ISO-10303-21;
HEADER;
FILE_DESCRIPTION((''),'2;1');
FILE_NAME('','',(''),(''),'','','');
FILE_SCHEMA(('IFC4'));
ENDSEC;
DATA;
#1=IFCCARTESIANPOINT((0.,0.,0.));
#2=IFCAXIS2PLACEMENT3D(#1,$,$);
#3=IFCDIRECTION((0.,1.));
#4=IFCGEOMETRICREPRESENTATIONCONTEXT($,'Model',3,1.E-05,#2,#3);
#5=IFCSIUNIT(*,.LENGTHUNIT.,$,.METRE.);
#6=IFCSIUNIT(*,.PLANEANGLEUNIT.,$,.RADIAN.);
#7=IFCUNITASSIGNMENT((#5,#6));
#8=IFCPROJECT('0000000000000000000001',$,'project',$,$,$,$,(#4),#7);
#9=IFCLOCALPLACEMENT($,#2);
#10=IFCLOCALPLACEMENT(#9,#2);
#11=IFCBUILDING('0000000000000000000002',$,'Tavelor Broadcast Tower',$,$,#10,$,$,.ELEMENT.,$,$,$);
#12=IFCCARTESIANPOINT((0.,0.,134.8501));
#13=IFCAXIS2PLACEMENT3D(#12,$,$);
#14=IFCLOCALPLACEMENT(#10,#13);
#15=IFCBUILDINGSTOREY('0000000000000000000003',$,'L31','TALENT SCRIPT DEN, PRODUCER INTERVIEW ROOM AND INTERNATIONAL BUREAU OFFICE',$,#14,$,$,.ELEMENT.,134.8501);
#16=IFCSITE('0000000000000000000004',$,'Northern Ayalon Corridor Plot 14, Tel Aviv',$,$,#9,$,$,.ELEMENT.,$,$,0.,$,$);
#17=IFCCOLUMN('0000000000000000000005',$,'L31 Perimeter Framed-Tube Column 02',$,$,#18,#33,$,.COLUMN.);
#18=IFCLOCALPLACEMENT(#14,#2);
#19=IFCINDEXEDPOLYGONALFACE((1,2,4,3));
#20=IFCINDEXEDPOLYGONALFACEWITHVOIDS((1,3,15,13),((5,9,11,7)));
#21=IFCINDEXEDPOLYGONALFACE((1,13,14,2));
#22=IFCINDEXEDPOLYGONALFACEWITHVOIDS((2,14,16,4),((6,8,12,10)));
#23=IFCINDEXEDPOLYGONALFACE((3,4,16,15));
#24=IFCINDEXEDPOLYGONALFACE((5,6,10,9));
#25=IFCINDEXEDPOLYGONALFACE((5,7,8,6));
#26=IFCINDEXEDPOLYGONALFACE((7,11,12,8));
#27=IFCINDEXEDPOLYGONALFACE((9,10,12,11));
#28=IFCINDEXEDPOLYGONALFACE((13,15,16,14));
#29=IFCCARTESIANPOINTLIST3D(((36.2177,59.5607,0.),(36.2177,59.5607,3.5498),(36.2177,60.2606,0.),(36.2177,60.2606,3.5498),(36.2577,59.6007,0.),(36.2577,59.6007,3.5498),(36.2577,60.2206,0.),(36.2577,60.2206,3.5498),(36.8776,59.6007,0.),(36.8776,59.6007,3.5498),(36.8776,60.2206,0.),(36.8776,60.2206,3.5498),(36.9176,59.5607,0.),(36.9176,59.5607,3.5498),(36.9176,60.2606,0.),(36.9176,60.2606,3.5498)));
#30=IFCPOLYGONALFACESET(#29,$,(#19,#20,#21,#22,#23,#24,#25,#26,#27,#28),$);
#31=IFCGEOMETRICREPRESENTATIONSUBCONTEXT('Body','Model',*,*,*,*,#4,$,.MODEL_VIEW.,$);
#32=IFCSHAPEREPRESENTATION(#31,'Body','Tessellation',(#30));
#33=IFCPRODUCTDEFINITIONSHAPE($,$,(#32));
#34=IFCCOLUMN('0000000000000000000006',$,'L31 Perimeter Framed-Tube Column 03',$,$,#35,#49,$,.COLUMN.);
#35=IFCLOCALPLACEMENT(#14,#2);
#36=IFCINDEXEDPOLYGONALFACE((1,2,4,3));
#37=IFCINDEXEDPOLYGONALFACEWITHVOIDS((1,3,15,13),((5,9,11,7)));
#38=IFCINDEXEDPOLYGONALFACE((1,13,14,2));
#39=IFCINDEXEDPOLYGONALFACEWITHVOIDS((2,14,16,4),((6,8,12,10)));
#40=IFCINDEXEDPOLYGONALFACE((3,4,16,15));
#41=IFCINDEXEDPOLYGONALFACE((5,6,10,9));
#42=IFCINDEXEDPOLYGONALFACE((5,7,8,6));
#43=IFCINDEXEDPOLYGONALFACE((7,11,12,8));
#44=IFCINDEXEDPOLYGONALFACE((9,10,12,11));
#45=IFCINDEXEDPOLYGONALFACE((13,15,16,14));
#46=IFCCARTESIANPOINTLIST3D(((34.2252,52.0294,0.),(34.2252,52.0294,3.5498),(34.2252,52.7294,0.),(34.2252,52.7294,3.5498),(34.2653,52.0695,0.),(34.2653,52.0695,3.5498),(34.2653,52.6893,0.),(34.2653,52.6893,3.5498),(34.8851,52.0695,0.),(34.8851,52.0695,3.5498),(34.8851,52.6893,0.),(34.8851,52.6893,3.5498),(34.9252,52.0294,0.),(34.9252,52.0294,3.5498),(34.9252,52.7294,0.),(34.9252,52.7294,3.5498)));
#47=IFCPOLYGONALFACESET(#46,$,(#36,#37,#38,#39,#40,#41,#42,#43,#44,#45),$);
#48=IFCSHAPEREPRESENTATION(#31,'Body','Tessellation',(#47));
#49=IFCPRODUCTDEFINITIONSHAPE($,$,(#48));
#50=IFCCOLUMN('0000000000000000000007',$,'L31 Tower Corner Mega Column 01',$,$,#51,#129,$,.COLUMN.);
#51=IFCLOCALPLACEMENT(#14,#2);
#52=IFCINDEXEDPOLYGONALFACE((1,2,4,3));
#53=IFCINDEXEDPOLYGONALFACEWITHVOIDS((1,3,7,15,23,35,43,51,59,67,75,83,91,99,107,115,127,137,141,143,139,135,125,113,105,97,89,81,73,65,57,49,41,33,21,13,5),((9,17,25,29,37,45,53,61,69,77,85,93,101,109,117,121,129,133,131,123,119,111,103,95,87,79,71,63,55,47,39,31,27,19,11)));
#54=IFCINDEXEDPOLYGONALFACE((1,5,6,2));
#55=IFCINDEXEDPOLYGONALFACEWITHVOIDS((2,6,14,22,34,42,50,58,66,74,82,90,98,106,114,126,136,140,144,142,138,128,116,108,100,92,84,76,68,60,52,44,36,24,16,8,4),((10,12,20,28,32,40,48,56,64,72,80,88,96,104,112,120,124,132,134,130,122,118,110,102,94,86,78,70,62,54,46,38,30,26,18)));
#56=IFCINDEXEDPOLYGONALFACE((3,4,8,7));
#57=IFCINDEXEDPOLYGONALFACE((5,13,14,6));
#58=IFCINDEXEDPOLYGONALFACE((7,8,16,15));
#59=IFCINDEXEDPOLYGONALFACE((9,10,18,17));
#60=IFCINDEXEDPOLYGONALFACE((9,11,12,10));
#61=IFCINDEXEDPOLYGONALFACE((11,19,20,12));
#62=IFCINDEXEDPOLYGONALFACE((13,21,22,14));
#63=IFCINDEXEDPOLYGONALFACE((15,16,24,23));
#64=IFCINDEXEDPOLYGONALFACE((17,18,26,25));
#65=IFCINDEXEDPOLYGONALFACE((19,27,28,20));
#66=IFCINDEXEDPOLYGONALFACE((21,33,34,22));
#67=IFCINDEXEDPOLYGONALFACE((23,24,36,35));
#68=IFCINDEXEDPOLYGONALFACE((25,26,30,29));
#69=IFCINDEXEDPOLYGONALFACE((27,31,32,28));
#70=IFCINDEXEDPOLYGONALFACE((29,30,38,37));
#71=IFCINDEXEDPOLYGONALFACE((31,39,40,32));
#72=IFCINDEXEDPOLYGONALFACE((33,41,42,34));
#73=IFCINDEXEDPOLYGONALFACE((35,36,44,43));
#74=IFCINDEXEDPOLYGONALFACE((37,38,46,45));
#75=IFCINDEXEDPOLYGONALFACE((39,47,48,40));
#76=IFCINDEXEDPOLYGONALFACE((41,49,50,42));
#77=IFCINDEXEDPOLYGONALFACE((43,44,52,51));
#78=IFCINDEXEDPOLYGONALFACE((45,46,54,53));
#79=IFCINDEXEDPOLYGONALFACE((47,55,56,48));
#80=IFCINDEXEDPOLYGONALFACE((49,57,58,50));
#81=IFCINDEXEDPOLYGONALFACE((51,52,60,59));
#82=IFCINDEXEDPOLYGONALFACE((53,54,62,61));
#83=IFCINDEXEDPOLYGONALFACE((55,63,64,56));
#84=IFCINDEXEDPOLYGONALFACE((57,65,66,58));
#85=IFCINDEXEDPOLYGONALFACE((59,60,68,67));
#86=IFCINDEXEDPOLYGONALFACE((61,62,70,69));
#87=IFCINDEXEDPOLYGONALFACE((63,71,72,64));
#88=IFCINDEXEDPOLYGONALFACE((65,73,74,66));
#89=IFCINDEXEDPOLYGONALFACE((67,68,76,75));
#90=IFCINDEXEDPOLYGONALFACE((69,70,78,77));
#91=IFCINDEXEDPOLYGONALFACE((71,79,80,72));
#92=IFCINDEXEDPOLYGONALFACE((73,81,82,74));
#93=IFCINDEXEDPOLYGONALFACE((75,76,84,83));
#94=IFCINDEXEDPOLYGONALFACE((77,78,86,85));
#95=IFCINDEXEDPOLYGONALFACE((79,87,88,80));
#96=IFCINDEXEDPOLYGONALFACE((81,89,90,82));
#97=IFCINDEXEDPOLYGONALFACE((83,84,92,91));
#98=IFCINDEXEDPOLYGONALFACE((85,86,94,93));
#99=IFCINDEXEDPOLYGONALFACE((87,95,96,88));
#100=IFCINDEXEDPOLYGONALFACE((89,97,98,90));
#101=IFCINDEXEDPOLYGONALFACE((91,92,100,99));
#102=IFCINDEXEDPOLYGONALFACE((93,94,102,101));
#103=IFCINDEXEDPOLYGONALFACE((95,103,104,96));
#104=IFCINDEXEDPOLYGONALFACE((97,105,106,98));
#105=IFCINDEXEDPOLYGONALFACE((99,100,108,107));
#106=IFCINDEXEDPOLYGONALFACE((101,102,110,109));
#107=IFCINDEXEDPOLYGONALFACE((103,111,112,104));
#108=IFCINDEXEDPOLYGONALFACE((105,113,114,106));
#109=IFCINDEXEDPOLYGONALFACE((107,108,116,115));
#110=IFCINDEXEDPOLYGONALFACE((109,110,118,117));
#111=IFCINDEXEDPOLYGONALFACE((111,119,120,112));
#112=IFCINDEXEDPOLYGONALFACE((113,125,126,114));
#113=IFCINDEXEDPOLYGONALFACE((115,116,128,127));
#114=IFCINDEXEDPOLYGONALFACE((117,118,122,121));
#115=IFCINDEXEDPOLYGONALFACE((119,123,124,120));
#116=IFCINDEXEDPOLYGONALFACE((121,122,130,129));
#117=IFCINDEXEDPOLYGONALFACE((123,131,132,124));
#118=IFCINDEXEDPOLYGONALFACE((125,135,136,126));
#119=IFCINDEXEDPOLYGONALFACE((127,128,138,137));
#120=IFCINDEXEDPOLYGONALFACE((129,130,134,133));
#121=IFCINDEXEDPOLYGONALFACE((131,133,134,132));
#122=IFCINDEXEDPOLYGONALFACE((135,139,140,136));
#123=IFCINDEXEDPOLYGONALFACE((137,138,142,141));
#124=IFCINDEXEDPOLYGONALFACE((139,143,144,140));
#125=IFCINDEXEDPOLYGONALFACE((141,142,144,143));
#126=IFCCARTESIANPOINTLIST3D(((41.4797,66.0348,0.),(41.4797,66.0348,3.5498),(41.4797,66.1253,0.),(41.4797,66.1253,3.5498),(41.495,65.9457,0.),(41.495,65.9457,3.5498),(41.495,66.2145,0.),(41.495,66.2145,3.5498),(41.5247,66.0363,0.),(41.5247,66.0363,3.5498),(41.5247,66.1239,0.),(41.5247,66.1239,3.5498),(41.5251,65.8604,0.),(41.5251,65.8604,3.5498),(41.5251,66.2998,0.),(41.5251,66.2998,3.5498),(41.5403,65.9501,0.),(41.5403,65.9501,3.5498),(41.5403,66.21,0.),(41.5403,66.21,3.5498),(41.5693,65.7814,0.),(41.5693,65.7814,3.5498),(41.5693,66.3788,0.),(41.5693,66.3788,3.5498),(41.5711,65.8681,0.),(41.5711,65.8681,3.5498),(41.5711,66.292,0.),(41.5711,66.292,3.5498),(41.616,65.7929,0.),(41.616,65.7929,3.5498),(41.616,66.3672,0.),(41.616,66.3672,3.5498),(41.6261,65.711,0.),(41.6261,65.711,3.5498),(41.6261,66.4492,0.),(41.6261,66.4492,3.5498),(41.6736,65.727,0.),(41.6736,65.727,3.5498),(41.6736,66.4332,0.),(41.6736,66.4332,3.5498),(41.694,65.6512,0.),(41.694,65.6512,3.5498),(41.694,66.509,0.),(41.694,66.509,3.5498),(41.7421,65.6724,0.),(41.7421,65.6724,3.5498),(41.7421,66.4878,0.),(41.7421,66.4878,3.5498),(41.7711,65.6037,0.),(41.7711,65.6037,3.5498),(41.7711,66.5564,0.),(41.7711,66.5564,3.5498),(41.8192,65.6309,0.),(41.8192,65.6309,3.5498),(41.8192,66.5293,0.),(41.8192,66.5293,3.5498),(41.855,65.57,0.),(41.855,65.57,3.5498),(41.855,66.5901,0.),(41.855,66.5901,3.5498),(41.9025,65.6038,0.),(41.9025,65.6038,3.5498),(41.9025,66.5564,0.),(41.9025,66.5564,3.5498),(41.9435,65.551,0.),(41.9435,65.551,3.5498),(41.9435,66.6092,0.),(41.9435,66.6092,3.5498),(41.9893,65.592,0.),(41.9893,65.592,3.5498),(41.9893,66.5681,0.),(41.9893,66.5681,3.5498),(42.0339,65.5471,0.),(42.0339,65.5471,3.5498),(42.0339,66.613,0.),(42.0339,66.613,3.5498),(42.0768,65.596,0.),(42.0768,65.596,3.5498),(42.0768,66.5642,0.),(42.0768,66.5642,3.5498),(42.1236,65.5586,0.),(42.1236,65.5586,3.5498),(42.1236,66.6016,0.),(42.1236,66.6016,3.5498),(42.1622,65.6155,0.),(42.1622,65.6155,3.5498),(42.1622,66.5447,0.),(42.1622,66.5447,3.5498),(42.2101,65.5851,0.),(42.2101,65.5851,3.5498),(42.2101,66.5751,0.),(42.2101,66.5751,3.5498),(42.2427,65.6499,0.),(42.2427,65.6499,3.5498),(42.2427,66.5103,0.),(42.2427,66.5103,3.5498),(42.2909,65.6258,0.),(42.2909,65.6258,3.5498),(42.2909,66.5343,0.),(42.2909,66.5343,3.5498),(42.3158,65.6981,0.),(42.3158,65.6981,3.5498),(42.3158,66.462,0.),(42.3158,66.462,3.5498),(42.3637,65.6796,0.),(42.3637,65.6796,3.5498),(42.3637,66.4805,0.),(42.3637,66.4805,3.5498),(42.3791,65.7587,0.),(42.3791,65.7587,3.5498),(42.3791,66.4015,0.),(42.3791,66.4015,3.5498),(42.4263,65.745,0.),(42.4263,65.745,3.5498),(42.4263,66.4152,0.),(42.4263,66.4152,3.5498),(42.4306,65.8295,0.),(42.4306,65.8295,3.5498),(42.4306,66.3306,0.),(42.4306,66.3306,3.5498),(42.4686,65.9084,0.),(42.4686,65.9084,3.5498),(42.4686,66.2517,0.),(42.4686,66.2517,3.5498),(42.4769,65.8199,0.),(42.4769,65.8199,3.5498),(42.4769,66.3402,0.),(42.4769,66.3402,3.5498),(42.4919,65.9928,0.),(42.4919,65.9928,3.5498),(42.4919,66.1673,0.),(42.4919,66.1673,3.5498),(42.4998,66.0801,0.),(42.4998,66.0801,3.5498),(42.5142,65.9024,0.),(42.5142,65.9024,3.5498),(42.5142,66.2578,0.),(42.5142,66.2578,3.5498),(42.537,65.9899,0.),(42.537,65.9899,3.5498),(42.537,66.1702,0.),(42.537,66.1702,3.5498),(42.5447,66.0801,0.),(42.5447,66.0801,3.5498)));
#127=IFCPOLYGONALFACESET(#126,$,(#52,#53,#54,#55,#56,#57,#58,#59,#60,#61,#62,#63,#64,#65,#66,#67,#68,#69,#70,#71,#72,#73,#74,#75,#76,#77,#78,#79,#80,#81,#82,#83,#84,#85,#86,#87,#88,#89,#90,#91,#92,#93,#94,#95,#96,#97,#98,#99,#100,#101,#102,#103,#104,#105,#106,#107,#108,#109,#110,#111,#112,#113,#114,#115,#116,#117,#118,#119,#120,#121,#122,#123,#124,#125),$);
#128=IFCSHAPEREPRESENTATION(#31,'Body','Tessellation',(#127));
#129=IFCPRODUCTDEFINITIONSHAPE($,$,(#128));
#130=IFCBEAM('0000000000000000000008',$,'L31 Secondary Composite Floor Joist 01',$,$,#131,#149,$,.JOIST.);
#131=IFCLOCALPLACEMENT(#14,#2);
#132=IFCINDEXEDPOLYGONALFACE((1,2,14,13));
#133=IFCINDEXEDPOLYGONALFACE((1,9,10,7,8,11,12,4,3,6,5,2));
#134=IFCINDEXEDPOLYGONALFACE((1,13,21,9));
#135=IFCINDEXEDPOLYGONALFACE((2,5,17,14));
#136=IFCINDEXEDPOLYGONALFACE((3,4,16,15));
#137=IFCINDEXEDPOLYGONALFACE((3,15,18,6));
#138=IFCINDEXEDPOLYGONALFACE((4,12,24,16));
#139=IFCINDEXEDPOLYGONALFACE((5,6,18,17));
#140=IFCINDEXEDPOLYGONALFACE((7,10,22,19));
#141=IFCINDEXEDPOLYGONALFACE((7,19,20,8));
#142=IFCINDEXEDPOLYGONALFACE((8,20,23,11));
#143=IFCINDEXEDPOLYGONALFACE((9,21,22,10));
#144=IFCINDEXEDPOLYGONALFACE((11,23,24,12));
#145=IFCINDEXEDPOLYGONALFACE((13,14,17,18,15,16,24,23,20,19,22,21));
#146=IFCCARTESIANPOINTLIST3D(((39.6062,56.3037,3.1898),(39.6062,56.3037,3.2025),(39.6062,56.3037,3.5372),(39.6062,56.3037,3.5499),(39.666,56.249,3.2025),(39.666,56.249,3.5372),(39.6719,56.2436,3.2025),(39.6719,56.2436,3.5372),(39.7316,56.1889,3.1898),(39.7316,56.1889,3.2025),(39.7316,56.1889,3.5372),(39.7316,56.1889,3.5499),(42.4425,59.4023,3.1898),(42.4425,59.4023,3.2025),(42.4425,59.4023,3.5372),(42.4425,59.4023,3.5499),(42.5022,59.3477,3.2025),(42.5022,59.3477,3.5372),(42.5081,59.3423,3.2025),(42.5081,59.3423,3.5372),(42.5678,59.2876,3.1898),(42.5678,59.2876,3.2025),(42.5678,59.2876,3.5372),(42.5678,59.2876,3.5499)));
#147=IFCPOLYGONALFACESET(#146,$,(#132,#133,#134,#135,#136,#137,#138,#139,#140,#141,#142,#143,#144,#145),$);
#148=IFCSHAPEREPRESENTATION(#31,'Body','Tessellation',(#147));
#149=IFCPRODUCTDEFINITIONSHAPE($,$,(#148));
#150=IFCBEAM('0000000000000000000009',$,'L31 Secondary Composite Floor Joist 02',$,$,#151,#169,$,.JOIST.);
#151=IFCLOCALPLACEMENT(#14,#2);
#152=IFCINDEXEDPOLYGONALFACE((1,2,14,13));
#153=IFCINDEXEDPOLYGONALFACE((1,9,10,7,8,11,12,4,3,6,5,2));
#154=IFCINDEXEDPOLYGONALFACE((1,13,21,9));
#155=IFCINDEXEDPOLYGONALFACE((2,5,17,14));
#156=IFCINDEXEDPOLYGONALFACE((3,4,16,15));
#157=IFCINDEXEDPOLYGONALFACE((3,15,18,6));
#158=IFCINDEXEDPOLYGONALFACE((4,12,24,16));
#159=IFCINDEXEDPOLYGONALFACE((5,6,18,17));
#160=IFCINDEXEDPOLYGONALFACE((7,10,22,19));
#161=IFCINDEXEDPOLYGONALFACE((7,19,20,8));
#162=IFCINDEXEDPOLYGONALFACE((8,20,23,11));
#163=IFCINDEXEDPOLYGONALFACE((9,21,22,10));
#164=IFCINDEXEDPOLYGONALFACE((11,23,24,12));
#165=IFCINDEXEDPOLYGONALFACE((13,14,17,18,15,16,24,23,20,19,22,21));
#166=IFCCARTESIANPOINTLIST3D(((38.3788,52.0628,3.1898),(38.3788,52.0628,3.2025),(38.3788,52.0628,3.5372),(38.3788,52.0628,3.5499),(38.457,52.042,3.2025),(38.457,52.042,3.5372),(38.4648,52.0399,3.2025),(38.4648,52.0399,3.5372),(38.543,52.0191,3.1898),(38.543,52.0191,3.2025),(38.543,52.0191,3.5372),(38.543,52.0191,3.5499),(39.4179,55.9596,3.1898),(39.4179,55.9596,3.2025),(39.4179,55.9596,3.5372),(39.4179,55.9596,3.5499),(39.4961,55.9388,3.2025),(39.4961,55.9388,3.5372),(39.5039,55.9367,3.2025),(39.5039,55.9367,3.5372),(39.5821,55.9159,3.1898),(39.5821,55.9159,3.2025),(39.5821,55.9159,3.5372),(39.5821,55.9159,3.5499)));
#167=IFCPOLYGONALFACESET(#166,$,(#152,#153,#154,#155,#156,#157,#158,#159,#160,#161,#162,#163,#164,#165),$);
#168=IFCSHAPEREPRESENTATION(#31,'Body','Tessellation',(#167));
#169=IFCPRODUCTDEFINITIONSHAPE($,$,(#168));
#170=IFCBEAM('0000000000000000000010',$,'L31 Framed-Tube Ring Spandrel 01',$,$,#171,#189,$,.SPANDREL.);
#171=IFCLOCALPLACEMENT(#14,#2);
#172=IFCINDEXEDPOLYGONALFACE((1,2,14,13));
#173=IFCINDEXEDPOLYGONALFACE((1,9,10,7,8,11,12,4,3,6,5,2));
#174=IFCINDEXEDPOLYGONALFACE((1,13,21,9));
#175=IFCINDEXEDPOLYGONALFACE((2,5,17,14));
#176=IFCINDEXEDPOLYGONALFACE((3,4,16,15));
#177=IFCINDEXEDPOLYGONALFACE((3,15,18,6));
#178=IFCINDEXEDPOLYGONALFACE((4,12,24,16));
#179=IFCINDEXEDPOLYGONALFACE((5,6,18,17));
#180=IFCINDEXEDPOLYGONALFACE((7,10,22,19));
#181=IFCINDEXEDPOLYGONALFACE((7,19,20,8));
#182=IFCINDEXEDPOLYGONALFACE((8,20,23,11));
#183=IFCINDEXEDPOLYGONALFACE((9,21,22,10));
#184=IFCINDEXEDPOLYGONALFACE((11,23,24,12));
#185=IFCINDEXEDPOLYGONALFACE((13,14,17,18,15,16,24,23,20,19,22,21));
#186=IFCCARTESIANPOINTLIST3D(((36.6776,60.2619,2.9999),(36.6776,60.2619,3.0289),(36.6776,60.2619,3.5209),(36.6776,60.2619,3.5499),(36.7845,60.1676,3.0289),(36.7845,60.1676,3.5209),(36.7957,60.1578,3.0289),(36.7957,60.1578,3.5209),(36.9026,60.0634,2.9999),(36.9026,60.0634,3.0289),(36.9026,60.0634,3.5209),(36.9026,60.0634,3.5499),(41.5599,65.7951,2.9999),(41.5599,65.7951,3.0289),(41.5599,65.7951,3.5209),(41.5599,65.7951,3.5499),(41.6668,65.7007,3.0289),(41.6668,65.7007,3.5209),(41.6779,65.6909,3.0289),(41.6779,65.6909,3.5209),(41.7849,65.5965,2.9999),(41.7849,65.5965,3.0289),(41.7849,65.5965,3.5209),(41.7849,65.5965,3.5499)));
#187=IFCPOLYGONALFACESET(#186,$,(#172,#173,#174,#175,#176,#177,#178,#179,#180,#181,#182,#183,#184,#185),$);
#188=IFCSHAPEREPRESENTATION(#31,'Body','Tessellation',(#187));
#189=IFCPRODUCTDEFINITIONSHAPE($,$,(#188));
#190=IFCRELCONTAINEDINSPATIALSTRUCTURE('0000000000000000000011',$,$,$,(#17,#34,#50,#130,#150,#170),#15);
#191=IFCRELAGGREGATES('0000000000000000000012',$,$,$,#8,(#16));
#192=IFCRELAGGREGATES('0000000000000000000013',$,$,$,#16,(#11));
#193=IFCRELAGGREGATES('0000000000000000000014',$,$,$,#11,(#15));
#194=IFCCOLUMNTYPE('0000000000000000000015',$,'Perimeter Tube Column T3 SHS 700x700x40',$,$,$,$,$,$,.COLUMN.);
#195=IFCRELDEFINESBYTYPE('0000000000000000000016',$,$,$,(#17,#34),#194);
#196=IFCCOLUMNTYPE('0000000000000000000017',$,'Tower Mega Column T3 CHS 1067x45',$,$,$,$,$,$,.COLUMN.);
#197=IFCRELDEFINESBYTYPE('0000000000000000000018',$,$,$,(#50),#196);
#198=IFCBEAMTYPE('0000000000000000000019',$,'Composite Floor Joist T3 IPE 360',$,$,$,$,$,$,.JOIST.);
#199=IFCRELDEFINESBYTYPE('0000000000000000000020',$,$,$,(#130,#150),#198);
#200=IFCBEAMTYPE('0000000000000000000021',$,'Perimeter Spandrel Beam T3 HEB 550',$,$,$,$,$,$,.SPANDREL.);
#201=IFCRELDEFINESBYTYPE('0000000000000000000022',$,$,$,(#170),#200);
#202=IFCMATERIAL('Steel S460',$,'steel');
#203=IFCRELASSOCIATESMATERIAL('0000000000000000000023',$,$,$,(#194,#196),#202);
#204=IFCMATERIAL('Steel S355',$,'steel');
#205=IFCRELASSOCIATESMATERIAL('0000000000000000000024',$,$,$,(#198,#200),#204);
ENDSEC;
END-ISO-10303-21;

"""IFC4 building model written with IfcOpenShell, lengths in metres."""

from ifc_helpers import new_model, si_unit, direction, frame, origin, origin_2d, place, context, subcontext, project, spatial, hollow_rectangle, hollow_circle, i_section, extrude, material, material_profile, profile_set, type_object, element, save


model = new_model("IFC4")

# Units and contexts
model_context = context("Model", 3, precision=1e-05, world=origin(), true_north=direction((0.0, 1.0)))
body_context = subcontext(model_context, "Body", "Model", "MODEL_VIEW")
ifc_project = project(units=[si_unit("LENGTHUNIT", "METRE"), si_unit("PLANEANGLEUNIT", "RADIAN")], contexts=[model_context])

# Site, building, storey
site_placement = place(None, origin())
site = spatial("IfcSite", under=ifc_project, at=site_placement, Name="Northern Ayalon Corridor Plot 14, Tel Aviv", CompositionType="ELEMENT", RefElevation=0.0)
building_placement = place(site_placement, origin())
building = spatial("IfcBuilding", under=site, at=building_placement, Name="Tavelor Broadcast Tower", CompositionType="ELEMENT")
storey_placement = place(building_placement, frame((0.0, 0.0, 134.8501)))
storey = spatial("IfcBuildingStorey", under=building, at=storey_placement, Name="L31", Description="TALENT SCRIPT DEN, PRODUCER INTERVIEW ROOM AND INTERNATIONAL BUREAU OFFICE", CompositionType="ELEMENT", Elevation=134.8501)

# Columns
ifc_material_1 = material(Name="Steel S460", Category="steel")
ifc_material_profile_1 = material_profile(ifc_material_1, hollow_rectangle(XDim=0.7, YDim=0.7, WallThickness=0.04, at=origin_2d()), Name="SHS 700x700x40")
ifc_profile_set_1 = profile_set([ifc_material_profile_1], Name="Steel S460")
column_type_1 = type_object("IfcColumnType", Name="Perimeter Tube Column T3 SHS 700x700x40", PredefinedType="COLUMN", material=ifc_profile_set_1)
for number, where, z_axis, x_axis, name in (
    (1, (36.5676, 59.9106, 0.0), (0.0, 0.0, 1.0), (1.0, 0.0, 0.0), "L31 Perimeter Framed-Tube Column 02"),
    (2, (34.5752, 52.3794, 0.0), (0.0, 0.0, 1.0), (1.0, 0.0, 0.0), "L31 Perimeter Framed-Tube Column 03"),
):
    element("IfcColumn", number, at=place(storey_placement, frame(where, z_axis=z_axis, x_axis=x_axis)), inside=storey, type_object=column_type_1, Name=name, PredefinedType="COLUMN", context=body_context, shape_type="SweptSolid", body=[
        extrude(hollow_rectangle(XDim=0.7, YDim=0.7, WallThickness=0.04, at=origin_2d()), origin(), (0.0, 0.0, 1.0), 3.5498),
    ])
ifc_material_profile_2 = material_profile(ifc_material_1, hollow_circle(Radius=0.5334, WallThickness=0.0449, at=origin_2d()), Name="CHS 1067x45")
ifc_profile_set_2 = profile_set([ifc_material_profile_2], Name="Steel S460")
column_type_2 = type_object("IfcColumnType", Name="Tower Mega Column T3 CHS 1067x45", PredefinedType="COLUMN", material=ifc_profile_set_2)
column_placement = place(storey_placement, frame((42.0112, 66.0801, 0.0), z_axis=(0.0, 0.0, 1.0), x_axis=(1.0, 0.0, 0.0)))
element("IfcColumn", 3, at=column_placement, inside=storey, type_object=column_type_2, Name="L31 Tower Corner Mega Column 01", PredefinedType="COLUMN", context=body_context, shape_type="SweptSolid", body=[
    extrude(hollow_circle(Radius=0.5334, WallThickness=0.0449, at=origin_2d()), origin(), (0.0, 0.0, 1.0), 3.5498),
])

# Beams
ifc_material_2 = material(Name="Steel S355", Category="steel")
ifc_material_profile_3 = material_profile(ifc_material_2, i_section(OverallWidth=0.1699, OverallDepth=0.3601, WebThickness=0.0081, FlangeThickness=0.0127, at=origin_2d()), Name="IPE 360")
ifc_profile_set_3 = profile_set([ifc_material_profile_3], Name="Steel S355")
beam_type_1 = type_object("IfcBeamType", Name="Composite Floor Joist T3 IPE 360", PredefinedType="JOIST", material=ifc_profile_set_3)
beam_1_placement = place(storey_placement, frame((42.5051, 59.345, 3.3699), z_axis=(-0.675177, -0.737656, 0.0), x_axis=(0.737656, -0.675177, 0.0)))
element("IfcBeam", 4, at=beam_1_placement, inside=storey, type_object=beam_type_1, Name="L31 Secondary Composite Floor Joist 01", PredefinedType="JOIST", context=body_context, shape_type="SweptSolid", body=[
    extrude(i_section(OverallWidth=0.1699, OverallDepth=0.3601, WebThickness=0.0081, FlangeThickness=0.0127, at=origin_2d()), origin(), (0.0, 0.0, 1.0), 4.2007),
])
beam_2_placement = place(storey_placement, frame((39.5, 55.9377, 3.3699), z_axis=(-0.257648, -0.966239, 0.0), x_axis=(0.966239, -0.257648, 0.0)))
element("IfcBeam", 5, at=beam_2_placement, inside=storey, type_object=beam_type_1, Name="L31 Secondary Composite Floor Joist 02", PredefinedType="JOIST", context=body_context, shape_type="SweptSolid", body=[
    extrude(i_section(OverallWidth=0.1699, OverallDepth=0.3601, WebThickness=0.0081, FlangeThickness=0.0127, at=origin_2d()), origin(), (0.0, 0.0, 1.0), 4.033),
])
ifc_material_profile_4 = material_profile(ifc_material_2, i_section(OverallWidth=0.3, OverallDepth=0.55, WebThickness=0.0149, FlangeThickness=0.0291, at=origin_2d()), Name="HEB 550")
ifc_profile_set_4 = profile_set([ifc_material_profile_4], Name="Steel S355")
beam_type_2 = type_object("IfcBeamType", Name="Perimeter Spandrel Beam T3 HEB 550", PredefinedType="SPANDREL", material=ifc_profile_set_4)
beam_3_placement = place(storey_placement, frame((41.6724, 65.6958, 3.2749), z_axis=(-0.661628, -0.749832, 0.0), x_axis=(0.749832, -0.661628, 0.0)))
element("IfcBeam", 6, at=beam_3_placement, inside=storey, type_object=beam_type_2, Name="L31 Framed-Tube Ring Spandrel 01", PredefinedType="SPANDREL", context=body_context, shape_type="SweptSolid", body=[
    extrude(i_section(OverallWidth=0.3, OverallDepth=0.55, WebThickness=0.0149, FlangeThickness=0.0291, at=origin_2d()), origin(), (0.0, 0.0, 1.0), 7.3792),
])

save(model, "model.ifc")
